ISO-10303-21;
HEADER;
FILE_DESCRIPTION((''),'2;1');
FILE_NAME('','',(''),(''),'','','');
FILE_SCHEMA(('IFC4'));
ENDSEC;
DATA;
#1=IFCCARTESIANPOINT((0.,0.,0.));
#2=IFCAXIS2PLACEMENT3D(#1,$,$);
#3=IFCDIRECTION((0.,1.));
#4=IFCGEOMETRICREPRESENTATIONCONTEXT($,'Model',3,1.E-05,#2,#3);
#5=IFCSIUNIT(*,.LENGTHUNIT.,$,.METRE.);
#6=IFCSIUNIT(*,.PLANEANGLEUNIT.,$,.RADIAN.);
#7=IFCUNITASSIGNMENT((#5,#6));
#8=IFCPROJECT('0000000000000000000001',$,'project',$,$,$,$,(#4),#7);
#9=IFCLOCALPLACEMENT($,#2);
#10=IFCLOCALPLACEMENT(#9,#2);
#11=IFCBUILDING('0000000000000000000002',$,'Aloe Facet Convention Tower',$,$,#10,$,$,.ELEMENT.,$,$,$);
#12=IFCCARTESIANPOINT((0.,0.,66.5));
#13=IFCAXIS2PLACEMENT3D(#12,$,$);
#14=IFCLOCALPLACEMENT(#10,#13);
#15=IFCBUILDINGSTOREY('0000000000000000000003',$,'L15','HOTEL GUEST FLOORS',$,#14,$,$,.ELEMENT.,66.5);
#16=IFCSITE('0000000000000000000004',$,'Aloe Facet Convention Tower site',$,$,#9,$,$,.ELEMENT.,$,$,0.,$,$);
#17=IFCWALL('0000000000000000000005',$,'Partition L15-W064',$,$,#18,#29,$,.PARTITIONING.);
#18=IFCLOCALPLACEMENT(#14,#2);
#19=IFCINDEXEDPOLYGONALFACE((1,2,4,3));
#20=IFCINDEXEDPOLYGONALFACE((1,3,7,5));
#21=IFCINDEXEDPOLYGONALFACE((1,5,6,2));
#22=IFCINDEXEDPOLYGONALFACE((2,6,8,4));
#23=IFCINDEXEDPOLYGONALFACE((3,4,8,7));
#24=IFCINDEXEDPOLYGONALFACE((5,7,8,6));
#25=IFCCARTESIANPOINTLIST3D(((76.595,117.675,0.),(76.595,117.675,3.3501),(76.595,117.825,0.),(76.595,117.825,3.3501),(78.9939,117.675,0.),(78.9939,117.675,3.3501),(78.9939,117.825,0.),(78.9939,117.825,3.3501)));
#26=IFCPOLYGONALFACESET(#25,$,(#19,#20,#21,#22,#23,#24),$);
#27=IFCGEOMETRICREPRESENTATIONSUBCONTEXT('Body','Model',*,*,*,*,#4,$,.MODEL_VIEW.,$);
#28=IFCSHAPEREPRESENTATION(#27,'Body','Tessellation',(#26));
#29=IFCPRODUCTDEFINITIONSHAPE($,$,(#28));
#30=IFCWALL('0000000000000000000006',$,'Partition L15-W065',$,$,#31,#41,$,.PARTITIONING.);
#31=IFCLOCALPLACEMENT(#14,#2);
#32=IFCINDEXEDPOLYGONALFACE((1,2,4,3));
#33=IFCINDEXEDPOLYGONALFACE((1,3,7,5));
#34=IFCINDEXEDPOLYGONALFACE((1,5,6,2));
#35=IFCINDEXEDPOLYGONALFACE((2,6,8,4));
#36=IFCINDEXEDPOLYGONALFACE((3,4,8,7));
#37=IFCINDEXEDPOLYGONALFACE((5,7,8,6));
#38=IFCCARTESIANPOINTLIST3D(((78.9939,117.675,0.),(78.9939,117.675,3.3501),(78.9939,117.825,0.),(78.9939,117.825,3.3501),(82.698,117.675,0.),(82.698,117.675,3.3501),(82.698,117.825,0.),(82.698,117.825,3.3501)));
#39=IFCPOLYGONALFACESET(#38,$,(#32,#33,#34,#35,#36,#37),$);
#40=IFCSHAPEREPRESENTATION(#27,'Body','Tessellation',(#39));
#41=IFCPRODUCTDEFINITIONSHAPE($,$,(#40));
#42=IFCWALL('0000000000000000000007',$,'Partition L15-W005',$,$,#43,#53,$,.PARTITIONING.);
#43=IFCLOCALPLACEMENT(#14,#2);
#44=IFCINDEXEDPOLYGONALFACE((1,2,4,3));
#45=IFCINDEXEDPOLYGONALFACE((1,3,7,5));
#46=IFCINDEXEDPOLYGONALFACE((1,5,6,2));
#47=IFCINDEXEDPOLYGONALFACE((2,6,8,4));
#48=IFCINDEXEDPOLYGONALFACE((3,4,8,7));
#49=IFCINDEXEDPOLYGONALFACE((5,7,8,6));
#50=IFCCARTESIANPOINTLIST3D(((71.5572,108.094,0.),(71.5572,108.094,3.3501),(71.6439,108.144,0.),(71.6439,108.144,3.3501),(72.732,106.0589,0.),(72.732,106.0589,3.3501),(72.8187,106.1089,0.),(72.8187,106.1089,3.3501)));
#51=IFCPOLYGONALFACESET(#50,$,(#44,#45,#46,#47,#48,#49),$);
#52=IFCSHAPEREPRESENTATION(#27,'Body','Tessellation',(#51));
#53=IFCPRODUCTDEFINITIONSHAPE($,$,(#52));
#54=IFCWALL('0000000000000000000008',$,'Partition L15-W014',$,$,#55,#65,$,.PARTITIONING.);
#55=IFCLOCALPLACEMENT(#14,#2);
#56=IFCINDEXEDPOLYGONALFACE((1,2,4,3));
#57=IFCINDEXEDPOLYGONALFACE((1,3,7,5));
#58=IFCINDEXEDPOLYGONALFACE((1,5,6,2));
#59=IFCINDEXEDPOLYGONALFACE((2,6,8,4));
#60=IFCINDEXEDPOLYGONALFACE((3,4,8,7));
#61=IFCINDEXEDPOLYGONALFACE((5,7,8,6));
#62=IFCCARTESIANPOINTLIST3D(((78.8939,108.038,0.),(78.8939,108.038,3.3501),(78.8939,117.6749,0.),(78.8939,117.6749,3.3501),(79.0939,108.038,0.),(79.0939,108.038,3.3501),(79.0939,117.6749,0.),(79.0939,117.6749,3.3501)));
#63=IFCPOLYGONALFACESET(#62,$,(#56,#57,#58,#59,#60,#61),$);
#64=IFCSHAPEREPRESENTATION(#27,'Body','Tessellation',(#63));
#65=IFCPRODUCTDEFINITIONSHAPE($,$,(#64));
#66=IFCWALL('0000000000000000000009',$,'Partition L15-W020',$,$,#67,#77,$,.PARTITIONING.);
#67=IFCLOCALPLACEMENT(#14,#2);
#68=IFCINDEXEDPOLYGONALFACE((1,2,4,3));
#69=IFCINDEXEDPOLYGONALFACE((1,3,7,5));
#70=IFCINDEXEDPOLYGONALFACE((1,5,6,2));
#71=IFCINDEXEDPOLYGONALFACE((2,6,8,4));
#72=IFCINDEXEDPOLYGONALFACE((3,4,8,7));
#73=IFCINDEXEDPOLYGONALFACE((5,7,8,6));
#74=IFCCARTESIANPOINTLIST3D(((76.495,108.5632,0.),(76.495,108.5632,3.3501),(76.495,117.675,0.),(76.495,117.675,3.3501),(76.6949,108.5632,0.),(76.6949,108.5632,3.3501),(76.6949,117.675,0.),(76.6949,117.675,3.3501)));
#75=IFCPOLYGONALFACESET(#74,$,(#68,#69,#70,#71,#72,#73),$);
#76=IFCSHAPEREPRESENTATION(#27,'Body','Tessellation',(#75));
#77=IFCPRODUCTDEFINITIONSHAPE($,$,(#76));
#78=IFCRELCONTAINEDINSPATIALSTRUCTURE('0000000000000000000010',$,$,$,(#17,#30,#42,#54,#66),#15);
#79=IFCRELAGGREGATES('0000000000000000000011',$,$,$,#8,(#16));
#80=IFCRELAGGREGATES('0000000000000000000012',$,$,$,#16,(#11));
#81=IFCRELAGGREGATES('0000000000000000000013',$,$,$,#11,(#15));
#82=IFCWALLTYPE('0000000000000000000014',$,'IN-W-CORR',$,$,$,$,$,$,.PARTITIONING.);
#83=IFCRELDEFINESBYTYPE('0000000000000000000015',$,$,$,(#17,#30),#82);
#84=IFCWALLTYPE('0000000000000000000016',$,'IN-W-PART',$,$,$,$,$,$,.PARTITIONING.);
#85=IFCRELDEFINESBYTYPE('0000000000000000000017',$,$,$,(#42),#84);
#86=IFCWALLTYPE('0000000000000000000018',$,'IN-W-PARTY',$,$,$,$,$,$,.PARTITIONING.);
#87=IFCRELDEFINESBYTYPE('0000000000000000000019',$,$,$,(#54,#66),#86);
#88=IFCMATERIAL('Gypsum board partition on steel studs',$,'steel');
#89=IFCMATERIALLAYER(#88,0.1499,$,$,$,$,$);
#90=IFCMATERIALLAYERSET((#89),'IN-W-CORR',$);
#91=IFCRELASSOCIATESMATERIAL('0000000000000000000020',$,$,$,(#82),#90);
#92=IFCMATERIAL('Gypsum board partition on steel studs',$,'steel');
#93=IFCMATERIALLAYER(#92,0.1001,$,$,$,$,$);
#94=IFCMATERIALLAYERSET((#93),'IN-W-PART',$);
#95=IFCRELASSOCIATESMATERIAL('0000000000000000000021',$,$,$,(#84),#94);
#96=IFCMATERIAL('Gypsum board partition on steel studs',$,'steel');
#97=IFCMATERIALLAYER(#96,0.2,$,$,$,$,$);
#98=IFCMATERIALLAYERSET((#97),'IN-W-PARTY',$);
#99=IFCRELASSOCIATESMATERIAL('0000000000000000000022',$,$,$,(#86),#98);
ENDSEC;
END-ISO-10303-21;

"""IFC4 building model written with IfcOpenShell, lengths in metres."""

from ifc_helpers import new_model, si_unit, direction, frame, frame_2d, origin, place, context, subcontext, project, spatial, rectangle, extrude, material, layer, layer_set, type_object, element, save


model = new_model("IFC4")

# Units and contexts
model_context = context("Model", 3, precision=1e-05, world=origin(), true_north=direction((0.0, 1.0)))
body_context = subcontext(model_context, "Body", "Model", "MODEL_VIEW")
ifc_project = project(units=[si_unit("LENGTHUNIT", "METRE"), si_unit("PLANEANGLEUNIT", "RADIAN")], contexts=[model_context])

# Site, building, storey
site_placement = place(None, origin())
site = spatial("IfcSite", under=ifc_project, at=site_placement, Name="Aloe Facet Convention Tower site", CompositionType="ELEMENT", RefElevation=0.0)
building_placement = place(site_placement, origin())
building = spatial("IfcBuilding", under=site, at=building_placement, Name="Aloe Facet Convention Tower", CompositionType="ELEMENT")
storey_placement = place(building_placement, frame((0.0, 0.0, 66.5)))
storey = spatial("IfcBuildingStorey", under=building, at=storey_placement, Name="L15", Description="HOTEL GUEST FLOORS", CompositionType="ELEMENT", Elevation=66.5)

# Shared definitions
ifc_material_1 = material(Name="Gypsum board partition on steel studs", Category="steel")
ifc_layer_1 = layer(ifc_material_1, 0.1499)
ifc_layer_set_1 = layer_set([ifc_layer_1], Name="IN-W-CORR")
wall_type_1 = type_object("IfcWallType", Name="IN-W-CORR", PredefinedType="PARTITIONING", material=ifc_layer_set_1)

# Walls
wall_1_placement = place(storey_placement, frame((76.595, 117.75, 0.0), z_axis=(0.0, 0.0, 1.0), x_axis=(1.0, 0.0, 0.0)))
element("IfcWall", 1, at=wall_1_placement, inside=storey, type_object=wall_type_1, Name="Partition L15-W064", PredefinedType="PARTITIONING", context=body_context, shape_type="SweptSolid", body=[
    extrude(rectangle(XDim=2.3989, YDim=0.1499, at=frame_2d((1.1995, 0.0))), origin(), (0.0, 0.0, 1.0), 3.3501),
])
wall_2_placement = place(storey_placement, frame((78.9939, 117.75, 0.0), z_axis=(0.0, 0.0, 1.0), x_axis=(1.0, 0.0, 0.0)))
element("IfcWall", 2, at=wall_2_placement, inside=storey, type_object=wall_type_1, Name="Partition L15-W065", PredefinedType="PARTITIONING", context=body_context, shape_type="SweptSolid", body=[
    extrude(rectangle(XDim=3.7041, YDim=0.1499, at=frame_2d((1.8521, 0.0))), origin(), (0.0, 0.0, 1.0), 3.3501),
])
ifc_material_2 = material(Name="Gypsum board partition on steel studs", Category="steel")
ifc_layer_2 = layer(ifc_material_2, 0.1001)
ifc_layer_set_2 = layer_set([ifc_layer_2], Name="IN-W-PART")
wall_type_2 = type_object("IfcWallType", Name="IN-W-PART", PredefinedType="PARTITIONING", material=ifc_layer_set_2)
wall_3_placement = place(storey_placement, frame((71.6006, 108.1189, 0.0), z_axis=(0.0, 0.0, 1.0), x_axis=(0.499938, -0.866061, 0.0)))
element("IfcWall", 3, at=wall_3_placement, inside=storey, type_object=wall_type_2, Name="Partition L15-W005", PredefinedType="PARTITIONING", context=body_context, shape_type="SweptSolid", body=[
    extrude(rectangle(XDim=2.3499, YDim=0.1001, at=frame_2d((1.1748, 0.0))), origin(), (0.0, 0.0, 1.0), 3.3501),
])
ifc_material_3 = material(Name="Gypsum board partition on steel studs", Category="steel")
ifc_layer_3 = layer(ifc_material_3, 0.2)
ifc_layer_set_3 = layer_set([ifc_layer_3], Name="IN-W-PARTY")
wall_type_3 = type_object("IfcWallType", Name="IN-W-PARTY", PredefinedType="PARTITIONING", material=ifc_layer_set_3)
wall_4_placement = place(storey_placement, frame((78.9939, 108.0381, 0.0), z_axis=(0.0, 0.0, 1.0), x_axis=(0.0, 1.0, 0.0)))
element("IfcWall", 4, at=wall_4_placement, inside=storey, type_object=wall_type_3, Name="Partition L15-W014", PredefinedType="PARTITIONING", context=body_context, shape_type="SweptSolid", body=[
    extrude(rectangle(XDim=9.637, YDim=0.2, at=frame_2d((4.8184, 0.0))), origin(), (0.0, 0.0, 1.0), 3.3501),
])
wall_5_placement = place(storey_placement, frame((76.595, 108.5632, 0.0), z_axis=(0.0, 0.0, 1.0), x_axis=(0.0, 1.0, 0.0)))
element("IfcWall", 5, at=wall_5_placement, inside=storey, type_object=wall_type_3, Name="Partition L15-W020", PredefinedType="PARTITIONING", context=body_context, shape_type="SweptSolid", body=[
    extrude(rectangle(XDim=9.1118, YDim=0.2, at=frame_2d((4.5559, 0.0))), origin(), (0.0, 0.0, 1.0), 3.3501),
])

save(model, "model.ifc")
